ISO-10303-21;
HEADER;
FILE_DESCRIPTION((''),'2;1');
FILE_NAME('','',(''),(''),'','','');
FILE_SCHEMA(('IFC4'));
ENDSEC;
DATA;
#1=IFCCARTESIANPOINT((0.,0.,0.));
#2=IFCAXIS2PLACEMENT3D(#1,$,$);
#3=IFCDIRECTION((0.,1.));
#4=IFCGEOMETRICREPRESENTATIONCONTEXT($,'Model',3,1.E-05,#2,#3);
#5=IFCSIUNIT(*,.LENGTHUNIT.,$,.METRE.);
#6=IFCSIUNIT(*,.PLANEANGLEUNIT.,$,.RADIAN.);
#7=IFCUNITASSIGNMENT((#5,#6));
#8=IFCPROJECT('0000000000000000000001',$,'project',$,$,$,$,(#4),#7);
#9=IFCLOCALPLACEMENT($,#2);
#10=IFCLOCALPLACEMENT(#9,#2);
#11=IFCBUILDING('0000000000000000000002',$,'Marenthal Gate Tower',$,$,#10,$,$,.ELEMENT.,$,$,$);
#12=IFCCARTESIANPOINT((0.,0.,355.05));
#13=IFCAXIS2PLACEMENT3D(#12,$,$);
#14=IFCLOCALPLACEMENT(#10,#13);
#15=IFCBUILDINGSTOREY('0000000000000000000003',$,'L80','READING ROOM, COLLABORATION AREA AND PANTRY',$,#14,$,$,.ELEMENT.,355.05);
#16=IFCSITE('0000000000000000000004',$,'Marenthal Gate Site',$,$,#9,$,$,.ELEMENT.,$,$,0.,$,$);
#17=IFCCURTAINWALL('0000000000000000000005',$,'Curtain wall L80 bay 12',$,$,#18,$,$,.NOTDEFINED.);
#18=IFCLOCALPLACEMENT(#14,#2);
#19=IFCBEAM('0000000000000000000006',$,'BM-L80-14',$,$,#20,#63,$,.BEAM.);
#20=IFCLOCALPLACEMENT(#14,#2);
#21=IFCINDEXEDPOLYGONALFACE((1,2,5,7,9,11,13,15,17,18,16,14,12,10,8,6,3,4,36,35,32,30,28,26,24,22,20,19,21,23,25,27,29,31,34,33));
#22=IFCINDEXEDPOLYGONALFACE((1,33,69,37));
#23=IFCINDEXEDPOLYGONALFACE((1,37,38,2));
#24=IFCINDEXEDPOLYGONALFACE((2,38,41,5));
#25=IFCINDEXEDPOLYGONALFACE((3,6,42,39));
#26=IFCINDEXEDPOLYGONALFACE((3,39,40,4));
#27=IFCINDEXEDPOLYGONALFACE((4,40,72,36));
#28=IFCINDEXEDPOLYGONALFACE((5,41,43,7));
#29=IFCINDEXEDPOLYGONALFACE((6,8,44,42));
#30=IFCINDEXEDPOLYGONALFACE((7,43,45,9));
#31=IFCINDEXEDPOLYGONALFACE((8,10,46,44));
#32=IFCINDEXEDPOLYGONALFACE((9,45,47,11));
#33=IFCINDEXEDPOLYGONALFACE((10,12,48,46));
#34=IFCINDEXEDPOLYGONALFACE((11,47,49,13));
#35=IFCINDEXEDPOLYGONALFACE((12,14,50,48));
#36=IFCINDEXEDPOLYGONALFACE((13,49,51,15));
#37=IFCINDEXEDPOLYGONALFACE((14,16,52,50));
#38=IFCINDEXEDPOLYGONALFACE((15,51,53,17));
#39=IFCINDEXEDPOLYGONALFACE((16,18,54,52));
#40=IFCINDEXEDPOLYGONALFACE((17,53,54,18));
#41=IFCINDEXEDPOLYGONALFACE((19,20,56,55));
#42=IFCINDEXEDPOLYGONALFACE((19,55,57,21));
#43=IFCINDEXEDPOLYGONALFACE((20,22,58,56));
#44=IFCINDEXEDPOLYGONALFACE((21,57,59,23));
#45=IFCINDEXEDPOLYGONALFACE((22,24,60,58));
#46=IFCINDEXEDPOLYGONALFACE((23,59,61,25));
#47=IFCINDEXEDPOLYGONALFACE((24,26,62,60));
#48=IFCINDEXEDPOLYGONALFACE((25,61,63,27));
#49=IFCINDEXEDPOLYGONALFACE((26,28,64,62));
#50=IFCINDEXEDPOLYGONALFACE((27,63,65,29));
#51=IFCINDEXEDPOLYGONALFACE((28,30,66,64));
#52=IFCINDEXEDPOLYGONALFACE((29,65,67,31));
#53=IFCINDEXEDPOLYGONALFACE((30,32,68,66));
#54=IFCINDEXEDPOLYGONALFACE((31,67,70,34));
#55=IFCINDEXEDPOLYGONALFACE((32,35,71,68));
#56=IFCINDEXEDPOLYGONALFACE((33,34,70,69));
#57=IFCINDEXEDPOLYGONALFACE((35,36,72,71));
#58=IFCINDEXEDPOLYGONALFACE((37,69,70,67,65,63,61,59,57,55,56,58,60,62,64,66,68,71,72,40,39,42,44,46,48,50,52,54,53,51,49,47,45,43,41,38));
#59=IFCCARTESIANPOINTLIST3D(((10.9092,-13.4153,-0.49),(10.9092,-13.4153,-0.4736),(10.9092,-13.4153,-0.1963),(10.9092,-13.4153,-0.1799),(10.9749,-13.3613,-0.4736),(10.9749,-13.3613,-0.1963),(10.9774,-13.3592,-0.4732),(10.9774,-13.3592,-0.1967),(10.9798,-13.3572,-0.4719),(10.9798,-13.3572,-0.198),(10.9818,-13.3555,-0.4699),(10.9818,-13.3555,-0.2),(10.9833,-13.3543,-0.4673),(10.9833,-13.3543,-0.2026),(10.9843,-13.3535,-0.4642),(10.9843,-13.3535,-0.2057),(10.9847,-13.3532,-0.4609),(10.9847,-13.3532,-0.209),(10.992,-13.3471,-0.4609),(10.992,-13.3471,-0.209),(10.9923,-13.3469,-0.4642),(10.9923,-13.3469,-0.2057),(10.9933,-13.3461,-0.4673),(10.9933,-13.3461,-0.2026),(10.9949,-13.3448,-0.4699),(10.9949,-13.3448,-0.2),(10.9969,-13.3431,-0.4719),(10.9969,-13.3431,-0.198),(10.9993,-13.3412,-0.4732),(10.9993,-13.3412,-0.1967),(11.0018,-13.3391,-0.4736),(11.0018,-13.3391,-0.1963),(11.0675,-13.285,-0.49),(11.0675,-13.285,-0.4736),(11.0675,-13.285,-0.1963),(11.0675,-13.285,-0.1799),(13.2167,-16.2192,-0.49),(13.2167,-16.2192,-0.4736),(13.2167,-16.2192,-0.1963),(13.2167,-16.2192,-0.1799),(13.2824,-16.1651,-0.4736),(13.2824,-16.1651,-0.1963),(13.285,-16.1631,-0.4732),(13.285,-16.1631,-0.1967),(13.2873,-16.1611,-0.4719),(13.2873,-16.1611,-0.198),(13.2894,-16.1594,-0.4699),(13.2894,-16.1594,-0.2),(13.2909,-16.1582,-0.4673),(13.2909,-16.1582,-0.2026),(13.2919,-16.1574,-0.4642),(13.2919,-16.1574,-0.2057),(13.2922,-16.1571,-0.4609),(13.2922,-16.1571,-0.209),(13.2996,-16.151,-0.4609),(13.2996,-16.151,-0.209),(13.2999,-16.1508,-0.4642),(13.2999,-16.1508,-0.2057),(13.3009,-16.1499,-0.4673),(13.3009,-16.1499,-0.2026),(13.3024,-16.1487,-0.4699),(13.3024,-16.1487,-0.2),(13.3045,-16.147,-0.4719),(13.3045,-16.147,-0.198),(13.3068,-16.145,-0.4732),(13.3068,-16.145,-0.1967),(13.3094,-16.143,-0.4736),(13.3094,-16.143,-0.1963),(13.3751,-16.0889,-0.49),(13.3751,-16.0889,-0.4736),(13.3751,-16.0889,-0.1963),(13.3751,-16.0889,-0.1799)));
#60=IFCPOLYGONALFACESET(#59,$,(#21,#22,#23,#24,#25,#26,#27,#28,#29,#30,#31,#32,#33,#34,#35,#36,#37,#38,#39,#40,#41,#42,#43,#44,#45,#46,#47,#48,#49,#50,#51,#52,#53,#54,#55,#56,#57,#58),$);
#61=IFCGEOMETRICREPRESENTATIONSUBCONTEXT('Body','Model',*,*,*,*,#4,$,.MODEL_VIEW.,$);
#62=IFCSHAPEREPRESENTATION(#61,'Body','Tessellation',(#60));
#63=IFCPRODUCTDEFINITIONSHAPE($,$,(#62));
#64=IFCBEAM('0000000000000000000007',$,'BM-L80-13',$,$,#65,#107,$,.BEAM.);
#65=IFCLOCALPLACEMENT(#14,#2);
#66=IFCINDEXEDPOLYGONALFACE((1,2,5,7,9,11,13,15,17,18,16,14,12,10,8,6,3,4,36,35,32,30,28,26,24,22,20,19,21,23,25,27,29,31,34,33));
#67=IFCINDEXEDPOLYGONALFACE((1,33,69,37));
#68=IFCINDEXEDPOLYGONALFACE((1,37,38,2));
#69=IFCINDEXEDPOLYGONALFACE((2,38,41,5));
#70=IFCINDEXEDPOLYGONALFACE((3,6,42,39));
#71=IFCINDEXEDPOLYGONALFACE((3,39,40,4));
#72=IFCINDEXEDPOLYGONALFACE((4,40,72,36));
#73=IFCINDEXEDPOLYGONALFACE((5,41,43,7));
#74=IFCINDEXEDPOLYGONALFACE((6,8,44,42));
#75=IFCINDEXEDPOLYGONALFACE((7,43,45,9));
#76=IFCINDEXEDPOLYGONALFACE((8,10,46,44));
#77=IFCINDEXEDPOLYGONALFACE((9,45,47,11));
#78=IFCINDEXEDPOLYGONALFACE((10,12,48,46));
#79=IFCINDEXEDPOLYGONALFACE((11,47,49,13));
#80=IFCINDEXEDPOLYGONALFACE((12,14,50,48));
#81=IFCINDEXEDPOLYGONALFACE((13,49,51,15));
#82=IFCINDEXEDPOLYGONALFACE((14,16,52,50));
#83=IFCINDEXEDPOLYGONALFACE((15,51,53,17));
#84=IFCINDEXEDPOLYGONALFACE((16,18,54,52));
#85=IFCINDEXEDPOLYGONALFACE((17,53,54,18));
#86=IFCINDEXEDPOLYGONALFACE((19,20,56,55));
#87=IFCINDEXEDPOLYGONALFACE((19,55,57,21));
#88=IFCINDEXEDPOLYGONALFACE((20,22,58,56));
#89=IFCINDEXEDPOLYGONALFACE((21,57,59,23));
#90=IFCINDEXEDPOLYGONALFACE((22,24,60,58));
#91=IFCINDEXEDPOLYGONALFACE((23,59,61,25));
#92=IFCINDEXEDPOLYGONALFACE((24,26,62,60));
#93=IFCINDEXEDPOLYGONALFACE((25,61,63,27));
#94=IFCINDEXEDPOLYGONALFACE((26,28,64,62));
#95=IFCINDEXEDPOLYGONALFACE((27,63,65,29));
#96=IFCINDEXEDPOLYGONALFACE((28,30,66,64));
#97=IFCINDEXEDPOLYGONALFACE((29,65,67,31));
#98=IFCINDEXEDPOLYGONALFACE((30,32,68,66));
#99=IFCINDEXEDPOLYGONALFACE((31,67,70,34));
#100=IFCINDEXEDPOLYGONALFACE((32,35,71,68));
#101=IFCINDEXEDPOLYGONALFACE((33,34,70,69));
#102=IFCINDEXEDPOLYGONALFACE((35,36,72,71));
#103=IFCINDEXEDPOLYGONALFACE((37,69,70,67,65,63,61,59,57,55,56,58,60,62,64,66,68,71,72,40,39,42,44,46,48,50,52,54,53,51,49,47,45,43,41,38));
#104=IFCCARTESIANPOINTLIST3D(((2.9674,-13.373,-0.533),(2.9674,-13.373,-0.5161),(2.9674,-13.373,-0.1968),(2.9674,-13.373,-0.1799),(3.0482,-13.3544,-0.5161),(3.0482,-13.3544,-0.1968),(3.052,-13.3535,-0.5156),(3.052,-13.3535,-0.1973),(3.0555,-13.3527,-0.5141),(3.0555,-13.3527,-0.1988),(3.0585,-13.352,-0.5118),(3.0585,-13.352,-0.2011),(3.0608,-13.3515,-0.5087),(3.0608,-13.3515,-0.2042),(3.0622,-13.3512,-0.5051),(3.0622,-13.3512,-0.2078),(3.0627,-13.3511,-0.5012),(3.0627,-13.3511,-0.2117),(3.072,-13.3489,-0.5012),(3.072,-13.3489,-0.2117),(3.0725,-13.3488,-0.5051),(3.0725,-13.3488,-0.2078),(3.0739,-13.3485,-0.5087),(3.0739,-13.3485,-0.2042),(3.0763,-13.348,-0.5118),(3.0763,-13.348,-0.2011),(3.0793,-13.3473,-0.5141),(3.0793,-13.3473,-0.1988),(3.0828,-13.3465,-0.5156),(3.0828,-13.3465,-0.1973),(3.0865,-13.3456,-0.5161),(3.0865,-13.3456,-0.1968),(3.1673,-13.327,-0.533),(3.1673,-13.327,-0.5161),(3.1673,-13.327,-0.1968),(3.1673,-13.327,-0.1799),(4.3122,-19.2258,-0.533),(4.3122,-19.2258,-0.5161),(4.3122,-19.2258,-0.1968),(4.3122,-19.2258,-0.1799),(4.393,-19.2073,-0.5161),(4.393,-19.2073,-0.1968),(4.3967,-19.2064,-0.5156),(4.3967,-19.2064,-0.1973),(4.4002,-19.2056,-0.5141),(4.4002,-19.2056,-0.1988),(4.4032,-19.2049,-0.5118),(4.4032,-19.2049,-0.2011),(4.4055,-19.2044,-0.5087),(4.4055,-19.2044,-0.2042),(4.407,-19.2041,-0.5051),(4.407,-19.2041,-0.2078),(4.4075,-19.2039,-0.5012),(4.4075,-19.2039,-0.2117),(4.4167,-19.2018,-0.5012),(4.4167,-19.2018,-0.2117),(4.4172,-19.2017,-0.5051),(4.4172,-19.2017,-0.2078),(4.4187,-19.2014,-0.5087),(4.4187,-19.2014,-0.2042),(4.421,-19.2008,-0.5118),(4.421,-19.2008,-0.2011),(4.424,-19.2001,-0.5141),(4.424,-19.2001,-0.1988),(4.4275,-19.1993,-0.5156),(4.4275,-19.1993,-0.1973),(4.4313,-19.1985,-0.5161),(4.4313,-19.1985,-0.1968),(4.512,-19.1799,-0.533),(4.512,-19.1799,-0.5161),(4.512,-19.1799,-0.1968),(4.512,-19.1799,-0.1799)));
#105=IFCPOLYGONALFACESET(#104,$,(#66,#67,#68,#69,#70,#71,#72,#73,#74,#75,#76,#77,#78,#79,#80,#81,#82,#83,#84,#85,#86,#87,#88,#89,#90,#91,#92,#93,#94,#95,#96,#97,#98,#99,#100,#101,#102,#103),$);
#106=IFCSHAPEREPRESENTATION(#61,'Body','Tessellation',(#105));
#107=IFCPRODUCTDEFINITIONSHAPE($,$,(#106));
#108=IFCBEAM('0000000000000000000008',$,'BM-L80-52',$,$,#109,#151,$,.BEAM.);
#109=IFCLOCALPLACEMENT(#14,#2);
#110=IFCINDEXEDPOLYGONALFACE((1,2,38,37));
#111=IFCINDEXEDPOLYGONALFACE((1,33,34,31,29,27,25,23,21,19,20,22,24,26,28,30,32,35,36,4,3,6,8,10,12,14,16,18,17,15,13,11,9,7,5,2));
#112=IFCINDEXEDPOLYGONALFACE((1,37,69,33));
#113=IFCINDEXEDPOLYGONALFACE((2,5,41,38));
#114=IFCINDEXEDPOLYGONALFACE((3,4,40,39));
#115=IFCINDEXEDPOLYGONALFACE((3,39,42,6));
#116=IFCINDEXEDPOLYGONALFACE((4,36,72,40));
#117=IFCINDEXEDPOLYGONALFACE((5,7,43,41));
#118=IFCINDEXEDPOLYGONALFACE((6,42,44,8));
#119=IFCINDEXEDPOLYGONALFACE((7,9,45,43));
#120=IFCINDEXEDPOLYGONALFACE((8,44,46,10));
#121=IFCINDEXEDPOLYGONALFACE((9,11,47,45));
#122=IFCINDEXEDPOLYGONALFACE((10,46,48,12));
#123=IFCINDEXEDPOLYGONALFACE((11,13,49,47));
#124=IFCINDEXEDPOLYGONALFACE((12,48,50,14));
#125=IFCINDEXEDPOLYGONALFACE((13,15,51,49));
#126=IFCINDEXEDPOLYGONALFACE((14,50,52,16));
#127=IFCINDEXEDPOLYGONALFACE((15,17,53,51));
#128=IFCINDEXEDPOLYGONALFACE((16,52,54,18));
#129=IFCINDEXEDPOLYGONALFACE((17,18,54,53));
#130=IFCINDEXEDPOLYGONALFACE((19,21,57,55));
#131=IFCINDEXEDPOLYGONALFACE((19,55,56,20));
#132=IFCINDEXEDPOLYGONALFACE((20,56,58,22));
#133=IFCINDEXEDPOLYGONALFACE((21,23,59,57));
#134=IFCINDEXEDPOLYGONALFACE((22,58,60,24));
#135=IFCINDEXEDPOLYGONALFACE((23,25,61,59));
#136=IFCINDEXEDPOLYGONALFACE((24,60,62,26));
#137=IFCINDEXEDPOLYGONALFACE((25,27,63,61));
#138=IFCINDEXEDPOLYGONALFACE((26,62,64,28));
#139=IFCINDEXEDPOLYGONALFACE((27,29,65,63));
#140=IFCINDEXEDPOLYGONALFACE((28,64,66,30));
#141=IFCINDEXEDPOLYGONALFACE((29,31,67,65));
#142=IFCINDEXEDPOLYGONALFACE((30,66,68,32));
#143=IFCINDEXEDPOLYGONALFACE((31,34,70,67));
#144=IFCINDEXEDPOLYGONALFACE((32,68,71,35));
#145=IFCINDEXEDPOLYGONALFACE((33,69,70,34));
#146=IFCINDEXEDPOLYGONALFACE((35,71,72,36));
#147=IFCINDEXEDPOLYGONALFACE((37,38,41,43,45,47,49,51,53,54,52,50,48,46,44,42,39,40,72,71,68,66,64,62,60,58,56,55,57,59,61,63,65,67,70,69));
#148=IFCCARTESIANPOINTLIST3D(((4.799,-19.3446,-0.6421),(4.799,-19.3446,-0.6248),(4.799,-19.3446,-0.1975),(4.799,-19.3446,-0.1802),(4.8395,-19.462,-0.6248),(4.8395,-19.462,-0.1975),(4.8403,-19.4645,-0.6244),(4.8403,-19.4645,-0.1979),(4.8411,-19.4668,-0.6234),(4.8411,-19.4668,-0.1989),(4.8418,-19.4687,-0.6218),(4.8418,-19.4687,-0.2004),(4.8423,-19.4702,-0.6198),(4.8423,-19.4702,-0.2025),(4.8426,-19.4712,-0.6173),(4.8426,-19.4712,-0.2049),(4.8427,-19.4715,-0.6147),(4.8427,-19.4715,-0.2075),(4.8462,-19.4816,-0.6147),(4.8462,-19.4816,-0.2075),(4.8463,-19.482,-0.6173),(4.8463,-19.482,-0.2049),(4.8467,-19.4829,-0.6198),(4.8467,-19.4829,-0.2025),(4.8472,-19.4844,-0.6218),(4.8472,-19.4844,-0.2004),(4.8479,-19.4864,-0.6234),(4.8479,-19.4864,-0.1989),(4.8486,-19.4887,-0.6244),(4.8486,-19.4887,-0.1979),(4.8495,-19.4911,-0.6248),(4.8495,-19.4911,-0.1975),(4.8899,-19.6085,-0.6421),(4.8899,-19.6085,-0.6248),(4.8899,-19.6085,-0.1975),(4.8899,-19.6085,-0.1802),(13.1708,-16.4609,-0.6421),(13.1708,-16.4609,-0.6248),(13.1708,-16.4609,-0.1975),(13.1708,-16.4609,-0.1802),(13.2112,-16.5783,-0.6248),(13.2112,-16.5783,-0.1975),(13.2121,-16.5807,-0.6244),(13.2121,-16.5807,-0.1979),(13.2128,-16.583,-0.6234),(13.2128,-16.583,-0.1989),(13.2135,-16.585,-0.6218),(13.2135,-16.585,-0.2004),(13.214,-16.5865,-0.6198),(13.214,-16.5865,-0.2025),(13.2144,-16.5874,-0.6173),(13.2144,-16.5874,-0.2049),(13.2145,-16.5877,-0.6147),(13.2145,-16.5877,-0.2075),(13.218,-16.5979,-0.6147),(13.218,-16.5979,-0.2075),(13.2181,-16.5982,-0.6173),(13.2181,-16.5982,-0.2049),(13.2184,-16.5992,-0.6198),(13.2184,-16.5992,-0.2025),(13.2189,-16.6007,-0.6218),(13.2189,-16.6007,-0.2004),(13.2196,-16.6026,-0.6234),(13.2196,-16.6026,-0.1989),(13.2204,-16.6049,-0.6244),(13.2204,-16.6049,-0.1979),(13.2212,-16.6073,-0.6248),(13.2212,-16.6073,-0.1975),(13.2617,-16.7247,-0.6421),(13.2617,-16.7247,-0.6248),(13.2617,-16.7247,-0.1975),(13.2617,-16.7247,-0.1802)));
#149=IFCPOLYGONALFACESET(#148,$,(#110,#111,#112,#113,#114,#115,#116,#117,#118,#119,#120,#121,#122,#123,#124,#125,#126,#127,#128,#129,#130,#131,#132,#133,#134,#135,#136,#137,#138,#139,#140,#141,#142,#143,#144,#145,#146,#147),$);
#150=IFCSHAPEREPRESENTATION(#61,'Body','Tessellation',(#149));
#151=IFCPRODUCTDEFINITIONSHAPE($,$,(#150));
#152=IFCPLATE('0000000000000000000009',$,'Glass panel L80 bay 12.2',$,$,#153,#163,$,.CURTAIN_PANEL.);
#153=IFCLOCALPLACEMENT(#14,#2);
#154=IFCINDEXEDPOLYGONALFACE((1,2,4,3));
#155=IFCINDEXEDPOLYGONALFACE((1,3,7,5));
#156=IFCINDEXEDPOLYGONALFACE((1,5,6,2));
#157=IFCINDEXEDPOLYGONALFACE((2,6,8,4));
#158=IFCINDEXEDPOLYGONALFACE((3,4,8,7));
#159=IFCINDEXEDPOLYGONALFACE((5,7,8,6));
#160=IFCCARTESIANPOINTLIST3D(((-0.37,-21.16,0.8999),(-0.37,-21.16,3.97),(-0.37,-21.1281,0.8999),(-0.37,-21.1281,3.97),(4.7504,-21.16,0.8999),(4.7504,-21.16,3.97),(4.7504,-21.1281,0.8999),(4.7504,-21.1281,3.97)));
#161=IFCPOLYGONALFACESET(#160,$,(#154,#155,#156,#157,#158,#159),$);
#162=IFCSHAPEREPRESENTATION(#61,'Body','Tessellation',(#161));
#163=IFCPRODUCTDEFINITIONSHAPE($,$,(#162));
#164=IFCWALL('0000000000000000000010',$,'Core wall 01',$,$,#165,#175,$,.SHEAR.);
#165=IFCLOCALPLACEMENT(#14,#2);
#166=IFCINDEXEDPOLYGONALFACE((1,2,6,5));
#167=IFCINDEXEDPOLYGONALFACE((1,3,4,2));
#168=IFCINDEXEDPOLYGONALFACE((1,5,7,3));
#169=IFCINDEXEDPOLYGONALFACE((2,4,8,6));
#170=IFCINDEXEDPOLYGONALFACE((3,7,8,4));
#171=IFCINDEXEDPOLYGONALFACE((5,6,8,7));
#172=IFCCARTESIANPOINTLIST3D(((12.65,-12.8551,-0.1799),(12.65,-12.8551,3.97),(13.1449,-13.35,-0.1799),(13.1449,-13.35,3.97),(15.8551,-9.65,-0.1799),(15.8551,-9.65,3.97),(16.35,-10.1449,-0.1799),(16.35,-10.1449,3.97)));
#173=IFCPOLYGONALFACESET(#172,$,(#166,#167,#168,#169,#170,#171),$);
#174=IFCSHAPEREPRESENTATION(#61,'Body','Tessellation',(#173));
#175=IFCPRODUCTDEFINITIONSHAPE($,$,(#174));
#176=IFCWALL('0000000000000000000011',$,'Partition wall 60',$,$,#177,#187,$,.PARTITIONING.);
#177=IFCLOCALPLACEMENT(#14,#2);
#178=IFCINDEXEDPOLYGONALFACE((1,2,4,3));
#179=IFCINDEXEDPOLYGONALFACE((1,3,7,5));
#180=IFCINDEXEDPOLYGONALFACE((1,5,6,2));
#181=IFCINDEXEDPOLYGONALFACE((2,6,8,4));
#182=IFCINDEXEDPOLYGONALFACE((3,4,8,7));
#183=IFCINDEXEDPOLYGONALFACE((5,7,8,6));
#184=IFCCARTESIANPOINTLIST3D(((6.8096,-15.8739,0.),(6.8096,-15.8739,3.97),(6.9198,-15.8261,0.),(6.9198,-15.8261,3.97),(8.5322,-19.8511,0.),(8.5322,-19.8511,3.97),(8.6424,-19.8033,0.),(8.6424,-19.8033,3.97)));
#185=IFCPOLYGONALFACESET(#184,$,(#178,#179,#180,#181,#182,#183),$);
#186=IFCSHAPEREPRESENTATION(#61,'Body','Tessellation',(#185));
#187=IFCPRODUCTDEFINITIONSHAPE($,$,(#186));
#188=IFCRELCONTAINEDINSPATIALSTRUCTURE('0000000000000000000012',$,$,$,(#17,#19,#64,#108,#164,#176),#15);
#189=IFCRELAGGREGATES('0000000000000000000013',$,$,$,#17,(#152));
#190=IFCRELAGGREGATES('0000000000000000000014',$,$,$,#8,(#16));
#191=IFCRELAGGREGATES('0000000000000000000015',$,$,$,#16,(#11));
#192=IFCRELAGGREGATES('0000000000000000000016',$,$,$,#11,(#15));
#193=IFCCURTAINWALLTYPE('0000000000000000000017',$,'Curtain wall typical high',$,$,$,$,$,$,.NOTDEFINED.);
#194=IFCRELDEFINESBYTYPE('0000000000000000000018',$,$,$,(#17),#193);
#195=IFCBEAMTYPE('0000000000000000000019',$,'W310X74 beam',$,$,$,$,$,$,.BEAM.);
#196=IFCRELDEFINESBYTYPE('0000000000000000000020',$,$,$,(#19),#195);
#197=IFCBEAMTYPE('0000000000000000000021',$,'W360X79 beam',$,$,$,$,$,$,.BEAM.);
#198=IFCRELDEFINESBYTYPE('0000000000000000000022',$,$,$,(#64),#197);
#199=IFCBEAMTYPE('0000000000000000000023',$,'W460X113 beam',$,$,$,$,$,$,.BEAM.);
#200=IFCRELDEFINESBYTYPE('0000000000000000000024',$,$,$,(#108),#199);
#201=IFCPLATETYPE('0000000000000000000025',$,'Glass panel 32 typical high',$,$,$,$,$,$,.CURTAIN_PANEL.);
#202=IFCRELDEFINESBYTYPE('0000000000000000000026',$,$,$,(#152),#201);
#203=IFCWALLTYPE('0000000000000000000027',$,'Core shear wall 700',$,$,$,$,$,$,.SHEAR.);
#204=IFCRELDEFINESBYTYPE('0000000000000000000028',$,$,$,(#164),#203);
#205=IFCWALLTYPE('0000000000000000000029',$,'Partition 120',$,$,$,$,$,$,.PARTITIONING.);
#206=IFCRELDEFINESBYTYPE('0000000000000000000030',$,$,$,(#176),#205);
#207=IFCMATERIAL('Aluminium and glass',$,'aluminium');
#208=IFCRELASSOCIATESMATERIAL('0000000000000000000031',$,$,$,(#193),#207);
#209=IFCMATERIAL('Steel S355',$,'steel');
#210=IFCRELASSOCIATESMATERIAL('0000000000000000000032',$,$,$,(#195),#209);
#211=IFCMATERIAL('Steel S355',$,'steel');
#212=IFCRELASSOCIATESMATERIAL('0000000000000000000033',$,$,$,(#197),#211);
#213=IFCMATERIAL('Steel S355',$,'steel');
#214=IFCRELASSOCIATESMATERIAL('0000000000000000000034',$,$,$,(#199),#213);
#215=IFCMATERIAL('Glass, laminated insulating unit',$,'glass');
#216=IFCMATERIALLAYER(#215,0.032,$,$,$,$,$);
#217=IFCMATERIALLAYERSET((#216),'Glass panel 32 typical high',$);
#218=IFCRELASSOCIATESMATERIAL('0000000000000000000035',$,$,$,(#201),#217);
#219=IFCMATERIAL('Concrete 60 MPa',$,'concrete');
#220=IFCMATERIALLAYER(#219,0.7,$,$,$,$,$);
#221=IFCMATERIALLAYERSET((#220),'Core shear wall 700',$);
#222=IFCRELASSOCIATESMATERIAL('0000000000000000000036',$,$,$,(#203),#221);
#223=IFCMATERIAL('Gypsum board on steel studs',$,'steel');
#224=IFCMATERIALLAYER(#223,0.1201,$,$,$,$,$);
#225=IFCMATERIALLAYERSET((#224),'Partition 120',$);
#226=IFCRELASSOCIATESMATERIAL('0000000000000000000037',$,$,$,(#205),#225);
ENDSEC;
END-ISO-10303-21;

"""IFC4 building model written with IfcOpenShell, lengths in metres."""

from ifc_helpers import new_model, si_unit, direction, frame, frame_2d, origin, origin_2d, place, context, subcontext, project, spatial, rectangle, i_section, extrude, material, layer, layer_set, material_profile, profile_set, type_object, element, aggregate, save


model = new_model("IFC4")

# Units and contexts
model_context = context("Model", 3, precision=1e-05, world=origin(), true_north=direction((0.0, 1.0)))
body_context = subcontext(model_context, "Body", "Model", "MODEL_VIEW")
ifc_project = project(units=[si_unit("LENGTHUNIT", "METRE"), si_unit("PLANEANGLEUNIT", "RADIAN")], contexts=[model_context])

# Site, building, storey
site_placement = place(None, origin())
site = spatial("IfcSite", under=ifc_project, at=site_placement, Name="Marenthal Gate Site", CompositionType="ELEMENT", RefElevation=0.0)
building_placement = place(site_placement, origin())
building = spatial("IfcBuilding", under=site, at=building_placement, Name="Marenthal Gate Tower", CompositionType="ELEMENT")
storey_placement = place(building_placement, frame((0.0, 0.0, 355.05)))
storey = spatial("IfcBuildingStorey", under=building, at=storey_placement, Name="L80", Description="READING ROOM, COLLABORATION AREA AND PANTRY", CompositionType="ELEMENT", Elevation=355.05)

# Curtain wall
ifc_material_1 = material(Name="Aluminium and glass", Category="aluminium")
curtain_wall_type = type_object("IfcCurtainWallType", Name="Curtain wall typical high", PredefinedType="NOTDEFINED", material=ifc_material_1)
curtain_wall_placement = place(storey_placement, origin())
curtain_wall = element("IfcCurtainWall", 1, at=curtain_wall_placement, inside=storey, type_object=curtain_wall_type, Name="Curtain wall L80 bay 12", PredefinedType="NOTDEFINED")

# Beams
ifc_material_2 = material(Name="Steel S355", Category="steel")
ifc_material_profile_1 = material_profile(ifc_material_2, i_section(OverallWidth=0.2051, OverallDepth=0.3101, WebThickness=0.0095, FlangeThickness=0.0164, FilletRadius=0.0127, at=origin_2d()), Name="W310X74")
ifc_profile_set_1 = profile_set([ifc_material_profile_1], Name="Steel S355")
beam_type_1 = type_object("IfcBeamType", Name="W310X74 beam", PredefinedType="BEAM", material=ifc_profile_set_1)
beam_1_placement = place(storey_placement, frame((13.2959, -16.1541, -0.335), z_axis=(-0.635457, 0.772136, 0.0), x_axis=(-0.772136, -0.635457, 0.0)))
element("IfcBeam", 2, at=beam_1_placement, inside=storey, type_object=beam_type_1, Name="BM-L80-14", PredefinedType="BEAM", context=body_context, shape_type="SweptSolid", body=[
    extrude(i_section(OverallWidth=0.2051, OverallDepth=0.3101, WebThickness=0.0095, FlangeThickness=0.0164, FilletRadius=0.0127, at=origin_2d()), origin(), (0.0, 0.0, 1.0), 3.6313),
])
ifc_material_3 = material(Name="Steel S355", Category="steel")
ifc_material_profile_2 = material_profile(ifc_material_3, i_section(OverallWidth=0.2051, OverallDepth=0.353, WebThickness=0.0095, FlangeThickness=0.0168, FilletRadius=0.0149, at=origin_2d()), Name="W360X79")
ifc_profile_set_2 = profile_set([ifc_material_profile_2], Name="Steel S355")
beam_type_2 = type_object("IfcBeamType", Name="W360X79 beam", PredefinedType="BEAM", material=ifc_profile_set_2)
beam_2_placement = place(storey_placement, frame((4.4121, -19.2029, -0.3564), z_axis=(-0.223924, 0.974607, 0.0), x_axis=(-0.974607, -0.223924, 0.0)))
element("IfcBeam", 3, at=beam_2_placement, inside=storey, type_object=beam_type_2, Name="BM-L80-13", PredefinedType="BEAM", context=body_context, shape_type="SweptSolid", body=[
    extrude(i_section(OverallWidth=0.2051, OverallDepth=0.353, WebThickness=0.0095, FlangeThickness=0.0168, FilletRadius=0.0149, at=origin_2d()), origin(), (0.0, 0.0, 1.0), 6.0054),
])
ifc_material_4 = material(Name="Steel S355", Category="steel")
ifc_material_profile_3 = material_profile(ifc_material_4, i_section(OverallWidth=0.2791, OverallDepth=0.4619, WebThickness=0.0107, FlangeThickness=0.0173, FilletRadius=0.01, at=origin_2d()), Name="W460X113")
ifc_profile_set_3 = profile_set([ifc_material_profile_3], Name="Steel S355")
beam_type_3 = type_object("IfcBeamType", Name="W460X113 beam", PredefinedType="BEAM", material=ifc_profile_set_3)
beam_3_placement = place(storey_placement, frame((4.8445, -19.4766, -0.4111), z_axis=(0.945479, 0.325683, 0.0), x_axis=(-0.325683, 0.945479, 0.0)))
element("IfcBeam", 4, at=beam_3_placement, inside=storey, type_object=beam_type_3, Name="BM-L80-52", PredefinedType="BEAM", context=body_context, shape_type="SweptSolid", body=[
    extrude(i_section(OverallWidth=0.2791, OverallDepth=0.4619, WebThickness=0.0107, FlangeThickness=0.0173, FilletRadius=0.01, at=origin_2d()), origin(), (0.0, 0.0, 1.0), 8.8545),
])

# Plate
ifc_material_5 = material(Name="Glass, laminated insulating unit", Category="glass")
ifc_layer_1 = layer(ifc_material_5, 0.032)
ifc_layer_set_1 = layer_set([ifc_layer_1], Name="Glass panel 32 typical high")
plate_type = type_object("IfcPlateType", Name="Glass panel 32 typical high", PredefinedType="CURTAIN_PANEL", material=ifc_layer_set_1)
plate_placement = place(storey_placement, frame((2.1902, -21.144, 0.8999), z_axis=(0.0, 0.0, 1.0), x_axis=(1.0, 0.0, 0.0)))
plate = element("IfcPlate", 5, at=plate_placement, type_object=plate_type, Name="Glass panel L80 bay 12.2", PredefinedType="CURTAIN_PANEL", context=body_context, shape_type="SweptSolid", body=[
    extrude(rectangle(XDim=5.1204, YDim=0.032, at=origin_2d()), origin(), (0.0, 0.0, 1.0), 3.0701),
])
aggregate(curtain_wall, [plate])

# Walls
ifc_material_6 = material(Name="Concrete 60 MPa", Category="concrete")
ifc_layer_2 = layer(ifc_material_6, 0.7)
ifc_layer_set_2 = layer_set([ifc_layer_2], Name="Core shear wall 700")
wall_type_1 = type_object("IfcWallType", Name="Core shear wall 700", PredefinedType="SHEAR", material=ifc_layer_set_2)
wall_1_placement = place(storey_placement, frame((12.8975, -13.1025, -0.1799), z_axis=(0.0, 0.0, 1.0), x_axis=(0.707107, 0.707107, 0.0)))
element("IfcWall", 6, at=wall_1_placement, inside=storey, type_object=wall_type_1, Name="Core wall 01", PredefinedType="SHEAR", context=body_context, shape_type="SweptSolid", body=[
    extrude(rectangle(XDim=4.5327, YDim=0.7, at=frame_2d((2.2664, 0.0))), origin(), (0.0, 0.0, 1.0), 4.1499),
])
ifc_material_7 = material(Name="Gypsum board on steel studs", Category="steel")
ifc_layer_3 = layer(ifc_material_7, 0.1201)
ifc_layer_set_3 = layer_set([ifc_layer_3], Name="Partition 120")
wall_type_2 = type_object("IfcWallType", Name="Partition 120", PredefinedType="PARTITIONING", material=ifc_layer_set_3)
wall_2_placement = place(storey_placement, frame((6.8647, -15.8501, 0.0), z_axis=(0.0, 0.0, 1.0), x_axis=(0.397445, -0.917626, 0.0)))
element("IfcWall", 7, at=wall_2_placement, inside=storey, type_object=wall_type_2, Name="Partition wall 60", PredefinedType="PARTITIONING", context=body_context, shape_type="SweptSolid", body=[
    extrude(rectangle(XDim=4.3342, YDim=0.1201, at=frame_2d((2.167, 0.0))), origin(), (0.0, 0.0, 1.0), 3.97),
])

save(model, "model.ifc")
